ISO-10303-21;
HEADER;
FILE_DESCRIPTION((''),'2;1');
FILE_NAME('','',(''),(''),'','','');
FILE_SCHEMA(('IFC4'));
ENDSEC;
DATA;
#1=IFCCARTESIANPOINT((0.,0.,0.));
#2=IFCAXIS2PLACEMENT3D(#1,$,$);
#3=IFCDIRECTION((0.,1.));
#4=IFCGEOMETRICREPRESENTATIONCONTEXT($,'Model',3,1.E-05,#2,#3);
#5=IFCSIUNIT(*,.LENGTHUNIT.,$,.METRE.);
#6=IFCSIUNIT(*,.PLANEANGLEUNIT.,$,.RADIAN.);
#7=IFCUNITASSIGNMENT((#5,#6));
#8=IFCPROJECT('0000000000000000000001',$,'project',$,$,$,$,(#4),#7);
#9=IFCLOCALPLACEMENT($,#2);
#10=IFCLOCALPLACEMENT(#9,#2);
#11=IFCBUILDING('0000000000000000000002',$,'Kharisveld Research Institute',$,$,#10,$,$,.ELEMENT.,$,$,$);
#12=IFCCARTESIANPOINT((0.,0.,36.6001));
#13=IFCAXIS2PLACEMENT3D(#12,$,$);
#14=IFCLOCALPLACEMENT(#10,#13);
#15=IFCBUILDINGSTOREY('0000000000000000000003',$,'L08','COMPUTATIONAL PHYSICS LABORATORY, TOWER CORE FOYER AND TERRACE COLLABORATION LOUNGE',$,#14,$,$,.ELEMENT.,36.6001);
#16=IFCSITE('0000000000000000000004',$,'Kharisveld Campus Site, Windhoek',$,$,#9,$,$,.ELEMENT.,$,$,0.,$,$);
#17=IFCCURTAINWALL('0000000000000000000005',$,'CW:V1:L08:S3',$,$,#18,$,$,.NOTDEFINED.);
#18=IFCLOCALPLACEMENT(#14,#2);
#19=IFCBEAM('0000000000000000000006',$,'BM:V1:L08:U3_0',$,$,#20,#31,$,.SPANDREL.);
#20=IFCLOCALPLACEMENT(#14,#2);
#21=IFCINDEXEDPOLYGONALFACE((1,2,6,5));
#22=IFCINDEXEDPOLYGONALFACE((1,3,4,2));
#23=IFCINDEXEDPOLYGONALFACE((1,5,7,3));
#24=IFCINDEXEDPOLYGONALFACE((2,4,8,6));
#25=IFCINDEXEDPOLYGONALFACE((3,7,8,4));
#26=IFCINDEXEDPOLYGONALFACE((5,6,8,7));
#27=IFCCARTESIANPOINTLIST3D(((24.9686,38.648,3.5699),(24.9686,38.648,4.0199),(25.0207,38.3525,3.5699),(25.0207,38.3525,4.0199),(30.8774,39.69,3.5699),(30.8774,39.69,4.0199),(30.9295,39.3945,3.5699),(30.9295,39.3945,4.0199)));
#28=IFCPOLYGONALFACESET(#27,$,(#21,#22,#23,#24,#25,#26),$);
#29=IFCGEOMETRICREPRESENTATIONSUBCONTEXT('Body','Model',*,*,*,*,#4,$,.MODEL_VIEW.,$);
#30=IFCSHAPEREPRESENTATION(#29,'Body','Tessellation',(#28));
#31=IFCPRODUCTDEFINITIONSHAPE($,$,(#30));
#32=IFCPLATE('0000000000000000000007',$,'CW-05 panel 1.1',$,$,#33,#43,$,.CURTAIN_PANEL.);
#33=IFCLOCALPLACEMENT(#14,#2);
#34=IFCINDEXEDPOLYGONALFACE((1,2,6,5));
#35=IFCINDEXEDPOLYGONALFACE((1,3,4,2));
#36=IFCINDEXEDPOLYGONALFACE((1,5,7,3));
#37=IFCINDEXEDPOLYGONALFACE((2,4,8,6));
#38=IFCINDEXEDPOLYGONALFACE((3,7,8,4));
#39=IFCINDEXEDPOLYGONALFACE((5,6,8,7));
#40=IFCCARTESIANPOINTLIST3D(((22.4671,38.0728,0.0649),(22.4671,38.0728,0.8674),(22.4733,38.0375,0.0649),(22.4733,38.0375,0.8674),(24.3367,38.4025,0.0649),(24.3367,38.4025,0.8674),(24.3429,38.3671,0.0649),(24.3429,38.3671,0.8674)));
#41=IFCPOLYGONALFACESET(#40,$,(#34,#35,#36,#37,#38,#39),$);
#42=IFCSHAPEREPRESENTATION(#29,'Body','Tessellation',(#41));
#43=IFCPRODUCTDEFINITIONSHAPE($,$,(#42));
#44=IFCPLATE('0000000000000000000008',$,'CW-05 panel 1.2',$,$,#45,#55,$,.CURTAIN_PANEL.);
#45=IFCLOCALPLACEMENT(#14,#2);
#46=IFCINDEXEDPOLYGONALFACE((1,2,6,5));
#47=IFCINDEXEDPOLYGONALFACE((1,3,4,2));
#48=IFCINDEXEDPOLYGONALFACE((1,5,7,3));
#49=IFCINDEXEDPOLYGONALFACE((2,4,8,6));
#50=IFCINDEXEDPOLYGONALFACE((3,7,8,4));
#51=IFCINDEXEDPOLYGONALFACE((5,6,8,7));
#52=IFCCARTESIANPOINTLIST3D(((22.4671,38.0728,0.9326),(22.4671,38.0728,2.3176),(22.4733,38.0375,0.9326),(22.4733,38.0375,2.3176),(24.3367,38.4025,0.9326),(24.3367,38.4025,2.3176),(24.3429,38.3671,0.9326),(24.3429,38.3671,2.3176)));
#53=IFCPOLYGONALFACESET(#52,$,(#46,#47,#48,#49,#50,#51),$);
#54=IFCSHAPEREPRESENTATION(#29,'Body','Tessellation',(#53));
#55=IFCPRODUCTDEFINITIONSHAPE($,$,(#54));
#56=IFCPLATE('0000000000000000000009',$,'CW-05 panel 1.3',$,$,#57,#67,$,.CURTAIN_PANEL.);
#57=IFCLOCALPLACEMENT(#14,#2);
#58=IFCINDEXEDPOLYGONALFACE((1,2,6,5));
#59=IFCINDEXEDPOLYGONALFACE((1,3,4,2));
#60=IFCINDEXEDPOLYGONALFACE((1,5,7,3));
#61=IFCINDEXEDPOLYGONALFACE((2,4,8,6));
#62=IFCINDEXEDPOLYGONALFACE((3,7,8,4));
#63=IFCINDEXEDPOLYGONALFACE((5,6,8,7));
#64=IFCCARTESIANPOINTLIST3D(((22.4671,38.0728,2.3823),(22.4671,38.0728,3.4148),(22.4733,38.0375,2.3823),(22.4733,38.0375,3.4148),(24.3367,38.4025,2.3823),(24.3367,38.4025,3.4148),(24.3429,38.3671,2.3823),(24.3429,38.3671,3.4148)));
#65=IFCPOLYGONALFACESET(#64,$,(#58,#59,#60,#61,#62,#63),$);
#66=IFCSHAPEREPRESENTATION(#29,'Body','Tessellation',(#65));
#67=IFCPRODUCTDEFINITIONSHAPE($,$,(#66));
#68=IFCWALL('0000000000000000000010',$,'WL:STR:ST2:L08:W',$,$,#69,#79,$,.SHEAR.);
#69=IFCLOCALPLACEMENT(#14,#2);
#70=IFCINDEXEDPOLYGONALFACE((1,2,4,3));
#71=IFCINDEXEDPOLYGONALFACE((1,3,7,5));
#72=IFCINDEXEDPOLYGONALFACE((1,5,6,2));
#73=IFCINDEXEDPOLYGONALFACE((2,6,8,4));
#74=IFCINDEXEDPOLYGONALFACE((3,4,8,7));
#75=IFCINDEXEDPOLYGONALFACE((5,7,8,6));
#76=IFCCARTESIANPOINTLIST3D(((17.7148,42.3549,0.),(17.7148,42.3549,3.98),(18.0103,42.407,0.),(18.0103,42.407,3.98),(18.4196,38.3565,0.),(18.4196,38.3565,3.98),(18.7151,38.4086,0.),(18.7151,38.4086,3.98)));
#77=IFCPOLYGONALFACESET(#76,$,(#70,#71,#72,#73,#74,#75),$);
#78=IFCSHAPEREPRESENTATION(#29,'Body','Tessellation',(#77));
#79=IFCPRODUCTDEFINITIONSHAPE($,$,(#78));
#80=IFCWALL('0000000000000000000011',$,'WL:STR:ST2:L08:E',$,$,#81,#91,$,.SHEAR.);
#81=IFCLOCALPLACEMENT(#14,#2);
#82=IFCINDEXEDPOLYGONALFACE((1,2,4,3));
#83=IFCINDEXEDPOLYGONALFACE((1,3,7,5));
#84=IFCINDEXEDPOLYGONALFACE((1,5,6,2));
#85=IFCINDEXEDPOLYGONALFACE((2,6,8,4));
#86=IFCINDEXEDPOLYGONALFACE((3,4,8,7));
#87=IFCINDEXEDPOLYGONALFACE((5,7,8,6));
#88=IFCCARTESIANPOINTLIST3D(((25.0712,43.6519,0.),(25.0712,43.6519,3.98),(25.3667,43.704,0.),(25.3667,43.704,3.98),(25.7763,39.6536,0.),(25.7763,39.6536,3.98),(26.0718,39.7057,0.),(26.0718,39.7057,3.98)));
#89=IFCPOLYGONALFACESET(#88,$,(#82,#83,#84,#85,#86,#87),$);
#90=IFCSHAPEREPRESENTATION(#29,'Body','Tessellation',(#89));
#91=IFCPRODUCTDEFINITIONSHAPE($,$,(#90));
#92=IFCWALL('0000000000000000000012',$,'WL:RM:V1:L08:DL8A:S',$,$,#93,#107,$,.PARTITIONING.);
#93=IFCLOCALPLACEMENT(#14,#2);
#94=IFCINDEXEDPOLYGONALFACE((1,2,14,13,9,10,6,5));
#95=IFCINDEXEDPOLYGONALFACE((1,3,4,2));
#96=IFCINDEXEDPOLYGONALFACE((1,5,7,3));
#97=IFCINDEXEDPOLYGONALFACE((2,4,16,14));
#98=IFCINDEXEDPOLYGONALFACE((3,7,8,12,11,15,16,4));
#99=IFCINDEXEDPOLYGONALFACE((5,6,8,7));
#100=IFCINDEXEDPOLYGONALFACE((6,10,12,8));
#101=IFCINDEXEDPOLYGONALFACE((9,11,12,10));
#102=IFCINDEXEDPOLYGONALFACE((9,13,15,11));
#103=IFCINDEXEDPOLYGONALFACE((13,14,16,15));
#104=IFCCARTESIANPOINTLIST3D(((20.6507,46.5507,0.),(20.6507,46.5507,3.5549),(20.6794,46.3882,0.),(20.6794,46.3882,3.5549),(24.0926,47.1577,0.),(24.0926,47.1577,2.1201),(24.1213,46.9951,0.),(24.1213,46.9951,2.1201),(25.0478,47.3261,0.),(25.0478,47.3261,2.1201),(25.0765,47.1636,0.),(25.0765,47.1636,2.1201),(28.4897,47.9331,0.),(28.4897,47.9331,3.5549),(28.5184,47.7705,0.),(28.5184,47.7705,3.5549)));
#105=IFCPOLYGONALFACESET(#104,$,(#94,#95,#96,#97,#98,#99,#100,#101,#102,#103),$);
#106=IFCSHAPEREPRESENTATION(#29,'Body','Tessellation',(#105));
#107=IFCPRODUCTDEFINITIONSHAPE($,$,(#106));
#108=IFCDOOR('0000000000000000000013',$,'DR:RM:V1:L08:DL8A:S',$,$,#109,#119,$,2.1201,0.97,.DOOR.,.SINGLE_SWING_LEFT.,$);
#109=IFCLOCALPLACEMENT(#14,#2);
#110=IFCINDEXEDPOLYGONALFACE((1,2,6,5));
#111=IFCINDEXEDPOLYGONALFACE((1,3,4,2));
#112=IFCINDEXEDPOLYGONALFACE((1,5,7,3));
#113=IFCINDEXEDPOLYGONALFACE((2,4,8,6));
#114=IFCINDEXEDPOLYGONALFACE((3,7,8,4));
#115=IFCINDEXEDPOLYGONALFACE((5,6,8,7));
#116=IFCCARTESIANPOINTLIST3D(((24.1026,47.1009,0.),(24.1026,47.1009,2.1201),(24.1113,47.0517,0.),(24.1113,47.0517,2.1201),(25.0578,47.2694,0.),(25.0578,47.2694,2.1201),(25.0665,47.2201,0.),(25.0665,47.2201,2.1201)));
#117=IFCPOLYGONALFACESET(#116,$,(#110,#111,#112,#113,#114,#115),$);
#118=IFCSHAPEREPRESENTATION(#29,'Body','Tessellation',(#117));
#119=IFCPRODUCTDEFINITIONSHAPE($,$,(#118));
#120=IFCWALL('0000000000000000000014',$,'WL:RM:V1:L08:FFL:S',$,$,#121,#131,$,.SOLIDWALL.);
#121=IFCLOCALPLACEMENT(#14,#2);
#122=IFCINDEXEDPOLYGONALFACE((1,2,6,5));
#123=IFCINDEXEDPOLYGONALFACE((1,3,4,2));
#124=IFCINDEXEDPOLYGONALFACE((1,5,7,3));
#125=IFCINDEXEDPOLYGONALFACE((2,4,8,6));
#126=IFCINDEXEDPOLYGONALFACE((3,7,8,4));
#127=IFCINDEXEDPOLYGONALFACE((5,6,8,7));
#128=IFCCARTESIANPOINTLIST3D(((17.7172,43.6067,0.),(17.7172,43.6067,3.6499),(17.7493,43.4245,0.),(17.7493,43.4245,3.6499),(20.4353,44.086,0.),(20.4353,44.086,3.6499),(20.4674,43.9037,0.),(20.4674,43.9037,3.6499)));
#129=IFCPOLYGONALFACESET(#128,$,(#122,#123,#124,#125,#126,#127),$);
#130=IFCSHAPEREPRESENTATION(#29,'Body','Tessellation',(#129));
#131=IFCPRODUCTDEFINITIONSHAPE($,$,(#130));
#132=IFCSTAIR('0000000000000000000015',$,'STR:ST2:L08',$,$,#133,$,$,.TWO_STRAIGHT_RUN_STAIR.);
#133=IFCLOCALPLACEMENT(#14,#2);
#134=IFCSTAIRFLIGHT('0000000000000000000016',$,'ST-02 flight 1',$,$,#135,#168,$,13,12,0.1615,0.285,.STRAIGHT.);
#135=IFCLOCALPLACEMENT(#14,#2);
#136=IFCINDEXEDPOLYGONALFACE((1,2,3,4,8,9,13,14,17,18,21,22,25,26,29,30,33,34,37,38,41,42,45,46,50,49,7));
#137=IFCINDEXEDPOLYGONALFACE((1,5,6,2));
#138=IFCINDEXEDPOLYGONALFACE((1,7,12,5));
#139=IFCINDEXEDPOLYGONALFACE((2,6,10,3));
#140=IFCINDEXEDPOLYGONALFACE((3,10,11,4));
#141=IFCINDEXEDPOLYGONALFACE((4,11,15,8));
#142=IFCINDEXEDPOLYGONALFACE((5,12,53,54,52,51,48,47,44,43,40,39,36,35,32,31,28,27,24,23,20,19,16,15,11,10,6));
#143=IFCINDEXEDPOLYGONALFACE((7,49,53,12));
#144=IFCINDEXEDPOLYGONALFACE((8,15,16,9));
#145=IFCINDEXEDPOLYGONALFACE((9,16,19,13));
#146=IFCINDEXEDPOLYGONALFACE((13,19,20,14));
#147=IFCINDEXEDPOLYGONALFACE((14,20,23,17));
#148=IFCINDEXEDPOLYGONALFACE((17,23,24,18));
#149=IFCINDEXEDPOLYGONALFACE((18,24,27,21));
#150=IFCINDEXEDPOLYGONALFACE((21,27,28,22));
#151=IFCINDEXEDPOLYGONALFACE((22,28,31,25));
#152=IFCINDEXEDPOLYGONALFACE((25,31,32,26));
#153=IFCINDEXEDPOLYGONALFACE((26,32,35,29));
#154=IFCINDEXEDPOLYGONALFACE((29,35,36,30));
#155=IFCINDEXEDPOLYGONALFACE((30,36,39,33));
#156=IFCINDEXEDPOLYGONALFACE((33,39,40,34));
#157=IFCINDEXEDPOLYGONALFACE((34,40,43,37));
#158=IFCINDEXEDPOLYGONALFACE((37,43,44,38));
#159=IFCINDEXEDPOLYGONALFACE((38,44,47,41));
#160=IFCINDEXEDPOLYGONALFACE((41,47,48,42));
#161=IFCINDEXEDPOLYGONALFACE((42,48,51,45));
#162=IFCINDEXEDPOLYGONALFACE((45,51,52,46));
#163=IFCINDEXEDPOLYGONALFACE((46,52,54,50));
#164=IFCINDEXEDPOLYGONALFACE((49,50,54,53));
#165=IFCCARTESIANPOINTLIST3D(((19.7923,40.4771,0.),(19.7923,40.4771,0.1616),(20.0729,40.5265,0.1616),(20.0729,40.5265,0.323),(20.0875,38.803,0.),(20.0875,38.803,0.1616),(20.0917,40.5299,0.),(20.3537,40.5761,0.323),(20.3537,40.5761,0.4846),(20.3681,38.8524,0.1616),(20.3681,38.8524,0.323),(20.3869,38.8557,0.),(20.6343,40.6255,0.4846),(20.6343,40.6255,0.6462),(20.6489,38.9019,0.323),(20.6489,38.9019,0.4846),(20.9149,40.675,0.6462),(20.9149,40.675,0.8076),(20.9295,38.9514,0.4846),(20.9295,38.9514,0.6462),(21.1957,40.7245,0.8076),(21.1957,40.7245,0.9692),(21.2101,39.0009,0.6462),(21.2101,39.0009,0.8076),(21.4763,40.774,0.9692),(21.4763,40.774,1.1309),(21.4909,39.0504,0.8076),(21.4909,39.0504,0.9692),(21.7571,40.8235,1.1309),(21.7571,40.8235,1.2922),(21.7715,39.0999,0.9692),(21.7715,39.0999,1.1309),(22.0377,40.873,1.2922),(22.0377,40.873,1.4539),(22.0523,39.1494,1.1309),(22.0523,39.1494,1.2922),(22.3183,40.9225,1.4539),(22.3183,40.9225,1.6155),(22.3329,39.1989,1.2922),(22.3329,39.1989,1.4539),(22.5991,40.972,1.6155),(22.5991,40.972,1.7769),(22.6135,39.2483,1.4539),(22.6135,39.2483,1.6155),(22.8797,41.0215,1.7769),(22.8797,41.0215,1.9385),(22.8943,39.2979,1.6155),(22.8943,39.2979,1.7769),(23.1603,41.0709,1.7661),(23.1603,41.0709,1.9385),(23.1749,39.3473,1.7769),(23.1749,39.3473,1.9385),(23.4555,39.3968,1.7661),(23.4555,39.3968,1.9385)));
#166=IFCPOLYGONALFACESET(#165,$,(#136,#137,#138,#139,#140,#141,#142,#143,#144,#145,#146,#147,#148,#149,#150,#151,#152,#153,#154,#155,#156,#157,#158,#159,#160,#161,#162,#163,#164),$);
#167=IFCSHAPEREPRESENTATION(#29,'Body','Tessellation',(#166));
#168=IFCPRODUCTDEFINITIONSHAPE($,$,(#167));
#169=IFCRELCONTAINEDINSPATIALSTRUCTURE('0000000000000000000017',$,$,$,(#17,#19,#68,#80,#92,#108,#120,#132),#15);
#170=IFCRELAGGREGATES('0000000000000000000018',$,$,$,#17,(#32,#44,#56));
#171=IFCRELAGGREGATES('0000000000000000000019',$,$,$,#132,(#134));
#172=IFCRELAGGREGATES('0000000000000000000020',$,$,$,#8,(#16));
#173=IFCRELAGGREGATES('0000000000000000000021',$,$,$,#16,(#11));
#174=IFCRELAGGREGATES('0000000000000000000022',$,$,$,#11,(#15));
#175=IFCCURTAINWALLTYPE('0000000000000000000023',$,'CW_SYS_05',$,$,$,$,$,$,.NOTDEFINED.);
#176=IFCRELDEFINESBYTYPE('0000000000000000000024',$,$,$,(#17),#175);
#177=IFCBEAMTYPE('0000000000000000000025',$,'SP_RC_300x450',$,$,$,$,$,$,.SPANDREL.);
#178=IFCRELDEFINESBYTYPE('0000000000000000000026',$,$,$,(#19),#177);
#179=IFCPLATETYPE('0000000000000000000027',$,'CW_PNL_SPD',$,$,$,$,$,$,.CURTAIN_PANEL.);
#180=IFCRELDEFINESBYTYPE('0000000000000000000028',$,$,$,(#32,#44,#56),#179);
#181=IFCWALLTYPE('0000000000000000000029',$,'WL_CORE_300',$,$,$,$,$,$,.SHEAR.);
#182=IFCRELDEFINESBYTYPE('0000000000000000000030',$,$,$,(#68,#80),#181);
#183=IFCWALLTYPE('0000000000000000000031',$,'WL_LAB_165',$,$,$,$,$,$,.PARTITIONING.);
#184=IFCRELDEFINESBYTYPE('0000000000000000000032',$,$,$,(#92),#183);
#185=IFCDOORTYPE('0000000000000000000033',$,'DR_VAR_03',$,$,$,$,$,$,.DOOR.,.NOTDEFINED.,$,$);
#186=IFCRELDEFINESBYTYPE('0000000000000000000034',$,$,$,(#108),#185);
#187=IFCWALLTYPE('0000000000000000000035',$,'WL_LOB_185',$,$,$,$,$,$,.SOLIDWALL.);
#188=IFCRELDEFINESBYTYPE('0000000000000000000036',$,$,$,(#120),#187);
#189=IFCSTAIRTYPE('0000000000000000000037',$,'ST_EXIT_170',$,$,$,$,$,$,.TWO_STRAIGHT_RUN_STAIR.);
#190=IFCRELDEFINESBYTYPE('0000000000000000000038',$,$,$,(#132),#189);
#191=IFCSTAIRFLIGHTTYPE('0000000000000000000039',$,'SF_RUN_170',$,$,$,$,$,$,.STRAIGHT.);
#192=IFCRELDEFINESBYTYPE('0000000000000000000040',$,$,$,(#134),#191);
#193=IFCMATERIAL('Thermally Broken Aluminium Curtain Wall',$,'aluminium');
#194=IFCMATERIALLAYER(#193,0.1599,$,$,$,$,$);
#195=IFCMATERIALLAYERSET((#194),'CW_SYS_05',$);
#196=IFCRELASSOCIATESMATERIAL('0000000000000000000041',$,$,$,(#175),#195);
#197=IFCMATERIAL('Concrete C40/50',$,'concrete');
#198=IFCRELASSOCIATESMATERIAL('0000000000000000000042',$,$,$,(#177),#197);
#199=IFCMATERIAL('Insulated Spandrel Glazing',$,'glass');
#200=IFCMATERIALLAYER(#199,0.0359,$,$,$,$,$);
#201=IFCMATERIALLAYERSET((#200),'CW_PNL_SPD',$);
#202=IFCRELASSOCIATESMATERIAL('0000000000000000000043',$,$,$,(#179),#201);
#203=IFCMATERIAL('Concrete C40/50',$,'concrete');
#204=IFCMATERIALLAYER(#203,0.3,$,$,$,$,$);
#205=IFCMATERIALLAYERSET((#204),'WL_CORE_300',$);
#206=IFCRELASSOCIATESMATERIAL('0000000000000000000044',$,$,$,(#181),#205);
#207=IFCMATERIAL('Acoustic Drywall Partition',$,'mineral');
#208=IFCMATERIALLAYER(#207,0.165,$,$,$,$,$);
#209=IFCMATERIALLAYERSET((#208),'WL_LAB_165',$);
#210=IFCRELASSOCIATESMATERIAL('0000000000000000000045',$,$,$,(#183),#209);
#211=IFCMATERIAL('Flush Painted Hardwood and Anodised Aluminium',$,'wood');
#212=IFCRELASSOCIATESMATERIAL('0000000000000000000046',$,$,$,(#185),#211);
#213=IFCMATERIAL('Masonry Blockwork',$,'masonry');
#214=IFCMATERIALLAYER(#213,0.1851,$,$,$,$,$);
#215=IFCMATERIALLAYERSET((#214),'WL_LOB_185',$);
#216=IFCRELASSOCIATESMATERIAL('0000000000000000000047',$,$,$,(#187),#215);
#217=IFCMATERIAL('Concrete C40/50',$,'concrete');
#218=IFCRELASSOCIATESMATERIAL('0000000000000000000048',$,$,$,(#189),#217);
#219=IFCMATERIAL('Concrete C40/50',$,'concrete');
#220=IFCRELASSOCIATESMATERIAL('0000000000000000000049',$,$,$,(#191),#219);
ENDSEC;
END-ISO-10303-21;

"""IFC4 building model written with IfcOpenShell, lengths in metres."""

from ifc_helpers import new_model, si_unit, direction, frame, frame_2d, origin, origin_2d, place, context, subcontext, project, spatial, polyline, rectangle, outline, extrude, material, layer, layer_set, material_profile, profile_set, type_object, element, fill, aggregate, save


model = new_model("IFC4")

# Units and contexts
model_context = context("Model", 3, precision=1e-05, world=origin(), true_north=direction((0.0, 1.0)))
body_context = subcontext(model_context, "Body", "Model", "MODEL_VIEW")
ifc_project = project(units=[si_unit("LENGTHUNIT", "METRE"), si_unit("PLANEANGLEUNIT", "RADIAN")], contexts=[model_context])

# Site, building, storey
site_placement = place(None, origin())
site = spatial("IfcSite", under=ifc_project, at=site_placement, Name="Kharisveld Campus Site, Windhoek", CompositionType="ELEMENT", RefElevation=0.0)
building_placement = place(site_placement, origin())
building = spatial("IfcBuilding", under=site, at=building_placement, Name="Kharisveld Research Institute", CompositionType="ELEMENT")
storey_placement = place(building_placement, frame((0.0, 0.0, 36.6001)))
storey = spatial("IfcBuildingStorey", under=building, at=storey_placement, Name="L08", Description="COMPUTATIONAL PHYSICS LABORATORY, TOWER CORE FOYER AND TERRACE COLLABORATION LOUNGE", CompositionType="ELEMENT", Elevation=36.6001)

# Curtain wall
ifc_material_1 = material(Name="Thermally Broken Aluminium Curtain Wall", Category="aluminium")
ifc_layer_1 = layer(ifc_material_1, 0.1599)
ifc_layer_set_1 = layer_set([ifc_layer_1], Name="CW_SYS_05")
curtain_wall_type = type_object("IfcCurtainWallType", Name="CW_SYS_05", PredefinedType="NOTDEFINED", material=ifc_layer_set_1)
curtain_wall_placement = place(storey_placement, origin())
curtain_wall = element("IfcCurtainWall", 1, at=curtain_wall_placement, inside=storey, type_object=curtain_wall_type, Name="CW:V1:L08:S3", PredefinedType="NOTDEFINED")

# Beam
ifc_material_2 = material(Name="Concrete C40/50", Category="concrete")
ifc_material_profile_1 = material_profile(ifc_material_2, rectangle(XDim=0.3, YDim=0.45, at=origin_2d()))
ifc_profile_set_1 = profile_set([ifc_material_profile_1], Name="Concrete C40/50")
beam_type_1 = type_object("IfcBeamType", Name="SP_RC_300x450", PredefinedType="SPANDREL", material=ifc_profile_set_1)
beam_1_placement = place(storey_placement, frame((24.9946, 38.5002, 3.7949), z_axis=(0.984805, 0.173662, 0.0), x_axis=(-0.173662, 0.984805, 0.0)))
element("IfcBeam", 2, at=beam_1_placement, inside=storey, type_object=beam_type_1, Name="BM:V1:L08:U3_0", PredefinedType="SPANDREL", context=body_context, shape_type="SweptSolid", body=[
    extrude(rectangle(XDim=0.3, YDim=0.45, at=origin_2d()), origin(), (0.0, 0.0, 1.0), 6.0),
])

# Plates
ifc_material_3 = material(Name="Insulated Spandrel Glazing", Category="glass")
ifc_layer_2 = layer(ifc_material_3, 0.0359)
ifc_layer_set_2 = layer_set([ifc_layer_2], Name="CW_PNL_SPD")
plate_type = type_object("IfcPlateType", Name="CW_PNL_SPD", PredefinedType="CURTAIN_PANEL", material=ifc_layer_set_2)
plate_1_placement = place(storey_placement, frame((23.405, 38.22, 0.0649), z_axis=(0.0, 0.0, 1.0), x_axis=(-0.984808, -0.173648, 0.0)))
plate_1 = element("IfcPlate", 3, at=plate_1_placement, type_object=plate_type, Name="CW-05 panel 1.1", PredefinedType="CURTAIN_PANEL", context=body_context, shape_type="SweptSolid", body=[
    extrude(rectangle(XDim=1.8984, YDim=0.0359, at=origin_2d()), origin(), (0.0, 0.0, 1.0), 0.8025),
])
plate_2_placement = place(storey_placement, frame((23.405, 38.22, 0.9326), z_axis=(0.0, 0.0, 1.0), x_axis=(-0.984808, -0.173648, 0.0)))
plate_2 = element("IfcPlate", 4, at=plate_2_placement, type_object=plate_type, Name="CW-05 panel 1.2", PredefinedType="CURTAIN_PANEL", context=body_context, shape_type="SweptSolid", body=[
    extrude(rectangle(XDim=1.8984, YDim=0.0359, at=origin_2d()), origin(), (0.0, 0.0, 1.0), 1.385),
])
plate_3_placement = place(storey_placement, frame((23.405, 38.22, 2.3823), z_axis=(0.0, 0.0, 1.0), x_axis=(-0.984808, -0.173648, 0.0)))
plate_3 = element("IfcPlate", 5, at=plate_3_placement, type_object=plate_type, Name="CW-05 panel 1.3", PredefinedType="CURTAIN_PANEL", context=body_context, shape_type="SweptSolid", body=[
    extrude(rectangle(XDim=1.8984, YDim=0.0359, at=origin_2d()), origin(), (0.0, 0.0, 1.0), 1.0325),
])
aggregate(curtain_wall, [plate_1, plate_2, plate_3])

# Wall
ifc_material_4 = material(Name="Concrete C40/50", Category="concrete")
ifc_layer_3 = layer(ifc_material_4, 0.3)
ifc_layer_set_3 = layer_set([ifc_layer_3], Name="WL_CORE_300")
wall_type_1 = type_object("IfcWallType", Name="WL_CORE_300", PredefinedType="SHEAR", material=ifc_layer_set_3)
wall_1_placement = place(storey_placement, frame((18.5674, 38.3826, 0.0), z_axis=(0.0, 0.0, 1.0), x_axis=(-0.173607, 0.984815, 0.0)))
element("IfcWall", 6, at=wall_1_placement, inside=storey, type_object=wall_type_1, Name="WL:STR:ST2:L08:W", PredefinedType="SHEAR", context=body_context, shape_type="SweptSolid", body=[
    extrude(rectangle(XDim=4.0601, YDim=0.3, at=frame_2d((2.03, 0.0))), origin(), (0.0, 0.0, 1.0), 3.98),
])

# Wall
wall_2_placement = place(storey_placement, frame((25.219, 43.678, 0.0), z_axis=(0.0, 0.0, 1.0), x_axis=(0.173665, -0.984805, 0.0)))
element("IfcWall", 7, at=wall_2_placement, inside=storey, type_object=wall_type_1, Name="WL:STR:ST2:L08:E", PredefinedType="SHEAR", context=body_context, shape_type="SweptSolid", body=[
    extrude(rectangle(XDim=4.0601, YDim=0.3, at=frame_2d((2.03, 0.0))), origin(), (0.0, 0.0, 1.0), 3.98),
])

# Wall, opening, door
ifc_material_5 = material(Name="Acoustic Drywall Partition", Category="mineral")
ifc_layer_4 = layer(ifc_material_5, 0.165)
ifc_layer_set_4 = layer_set([ifc_layer_4], Name="WL_LAB_165")
wall_type_2 = type_object("IfcWallType", Name="WL_LAB_165", PredefinedType="PARTITIONING", material=ifc_layer_set_4)
wall_3_placement = place(storey_placement, frame((20.665, 46.4695, 0.0), z_axis=(0.0, 0.0, 1.0), x_axis=(0.984806, 0.173658, 0.0)))
wall_3 = element("IfcWall", 8, at=wall_3_placement, inside=storey, type_object=wall_type_2, Name="WL:RM:V1:L08:DL8A:S", PredefinedType="PARTITIONING", context=body_context, shape_type="SweptSolid", body=[
    extrude(rectangle(XDim=7.96, YDim=0.165, at=frame_2d((3.98, 0.0))), origin(), (0.0, 0.0, 1.0), 3.5549),
])
opening_1_placement = place(wall_3_placement, frame((3.4951, 0.0, 0.0)))
opening_1 = element("IfcOpeningElement", 9, at=opening_1_placement, cuts=wall_3, PredefinedType="OPENING", context=body_context, shape_type="SweptSolid", body=[
    extrude(rectangle(XDim=0.97, YDim=2.1201, at=frame_2d((0.4849, 1.0601))), frame((0.0, 0.0825, 0.0), z_axis=(0.0, -1.0, 0.0), x_axis=(1.0, 0.0, 0.0)), (0.0, 0.0, 1.0), 0.165),
])
ifc_material_6 = material(Name="Flush Painted Hardwood and Anodised Aluminium", Category="wood")
door_type_1 = type_object("IfcDoorType", Name="DR_VAR_03", OperationType="NOTDEFINED", PredefinedType="DOOR", material=ifc_material_6)
door_1_placement = place(opening_1_placement, origin())
door_1 = element("IfcDoor", 10, at=door_1_placement, inside=storey, type_object=door_type_1, Name="DR:RM:V1:L08:DL8A:S", OperationType="SINGLE_SWING_LEFT", OverallHeight=2.1201, OverallWidth=0.97, PredefinedType="DOOR", context=body_context, shape_type="SweptSolid", body=[
    extrude(rectangle(XDim=0.97, YDim=2.1201, at=frame_2d((0.4849, 1.0601))), frame((0.0, 0.0249, 0.0), z_axis=(0.0, -1.0, 0.0), x_axis=(1.0, 0.0, 0.0)), (0.0, 0.0, 1.0), 0.05),
])
fill(opening_1, door_1)

# Wall
ifc_material_7 = material(Name="Masonry Blockwork", Category="masonry")
ifc_layer_5 = layer(ifc_material_7, 0.1851)
ifc_layer_set_5 = layer_set([ifc_layer_5], Name="WL_LOB_185")
wall_type_3 = type_object("IfcWallType", Name="WL_LOB_185", PredefinedType="SOLIDWALL", material=ifc_layer_set_5)
wall_4_placement = place(storey_placement, frame((17.7334, 43.5156, 0.0), z_axis=(0.0, 0.0, 1.0), x_axis=(0.984808, 0.173644, 0.0)))
element("IfcWall", 11, at=wall_4_placement, inside=storey, type_object=wall_type_3, Name="WL:RM:V1:L08:FFL:S", PredefinedType="SOLIDWALL", context=body_context, shape_type="SweptSolid", body=[
    extrude(rectangle(XDim=2.76, YDim=0.1851, at=frame_2d((1.3799, 0.0))), origin(), (0.0, 0.0, 1.0), 3.6499),
])

# Stair, stair flight
ifc_material_8 = material(Name="Concrete C40/50", Category="concrete")
stair_type = type_object("IfcStairType", Name="ST_EXIT_170", PredefinedType="TWO_STRAIGHT_RUN_STAIR", material=ifc_material_8)
stair_placement = place(storey_placement, origin())
stair = element("IfcStair", 12, at=stair_placement, inside=storey, type_object=stair_type, Name="STR:ST2:L08", PredefinedType="TWO_STRAIGHT_RUN_STAIR")
ifc_material_9 = material(Name="Concrete C40/50", Category="concrete")
stair_flight_type = type_object("IfcStairFlightType", Name="SF_RUN_170", PredefinedType="STRAIGHT", material=ifc_material_9)
stair_flight_1_placement = place(storey_placement, frame((19.9399, 39.6399, 0.0), z_axis=(0.0, 0.0, 1.0), x_axis=(0.984808, 0.173648, 0.0)))
stair_flight_1 = element("IfcStairFlight", 13, at=stair_flight_1_placement, type_object=stair_flight_type, Name="ST-02 flight 1", NumberOfRisers=13, NumberOfTreads=12, PredefinedType="STRAIGHT", RiserHeight=0.1615, TreadLength=0.285, context=body_context, shape_type="SweptSolid", body=[
    extrude(outline(polyline([(0.0, 0.0), (0.0, 0.1616), (0.2849, 0.1616), (0.2849, 0.323), (0.5701, 0.323), (0.5701, 0.4846), (0.855, 0.4846), (0.855, 0.6462), (1.1399, 0.6462), (1.1399, 0.8076), (1.425, 0.8076), (1.425, 0.9692), (1.71, 0.9692), (1.71, 1.1309), (1.9951, 1.1309), (1.9951, 1.2922), (2.28, 1.2922), (2.28, 1.4539), (2.5649, 1.4539), (2.5649, 1.6155), (2.8501, 1.6155), (2.8501, 1.7769), (3.135, 1.7769), (3.135, 1.9385), (3.4199, 1.9385), (3.4199, 2.1001), (3.4199, 1.7661), (0.304, 0.0), (0.0, 0.0)])), frame((0.0, 0.8501, 0.0), z_axis=(0.0, -1.0, 0.0), x_axis=(1.0, 0.0, 0.0)), (0.0, 0.0, 1.0), 1.7),
])
aggregate(stair, [stair_flight_1])

save(model, "model.ifc")
